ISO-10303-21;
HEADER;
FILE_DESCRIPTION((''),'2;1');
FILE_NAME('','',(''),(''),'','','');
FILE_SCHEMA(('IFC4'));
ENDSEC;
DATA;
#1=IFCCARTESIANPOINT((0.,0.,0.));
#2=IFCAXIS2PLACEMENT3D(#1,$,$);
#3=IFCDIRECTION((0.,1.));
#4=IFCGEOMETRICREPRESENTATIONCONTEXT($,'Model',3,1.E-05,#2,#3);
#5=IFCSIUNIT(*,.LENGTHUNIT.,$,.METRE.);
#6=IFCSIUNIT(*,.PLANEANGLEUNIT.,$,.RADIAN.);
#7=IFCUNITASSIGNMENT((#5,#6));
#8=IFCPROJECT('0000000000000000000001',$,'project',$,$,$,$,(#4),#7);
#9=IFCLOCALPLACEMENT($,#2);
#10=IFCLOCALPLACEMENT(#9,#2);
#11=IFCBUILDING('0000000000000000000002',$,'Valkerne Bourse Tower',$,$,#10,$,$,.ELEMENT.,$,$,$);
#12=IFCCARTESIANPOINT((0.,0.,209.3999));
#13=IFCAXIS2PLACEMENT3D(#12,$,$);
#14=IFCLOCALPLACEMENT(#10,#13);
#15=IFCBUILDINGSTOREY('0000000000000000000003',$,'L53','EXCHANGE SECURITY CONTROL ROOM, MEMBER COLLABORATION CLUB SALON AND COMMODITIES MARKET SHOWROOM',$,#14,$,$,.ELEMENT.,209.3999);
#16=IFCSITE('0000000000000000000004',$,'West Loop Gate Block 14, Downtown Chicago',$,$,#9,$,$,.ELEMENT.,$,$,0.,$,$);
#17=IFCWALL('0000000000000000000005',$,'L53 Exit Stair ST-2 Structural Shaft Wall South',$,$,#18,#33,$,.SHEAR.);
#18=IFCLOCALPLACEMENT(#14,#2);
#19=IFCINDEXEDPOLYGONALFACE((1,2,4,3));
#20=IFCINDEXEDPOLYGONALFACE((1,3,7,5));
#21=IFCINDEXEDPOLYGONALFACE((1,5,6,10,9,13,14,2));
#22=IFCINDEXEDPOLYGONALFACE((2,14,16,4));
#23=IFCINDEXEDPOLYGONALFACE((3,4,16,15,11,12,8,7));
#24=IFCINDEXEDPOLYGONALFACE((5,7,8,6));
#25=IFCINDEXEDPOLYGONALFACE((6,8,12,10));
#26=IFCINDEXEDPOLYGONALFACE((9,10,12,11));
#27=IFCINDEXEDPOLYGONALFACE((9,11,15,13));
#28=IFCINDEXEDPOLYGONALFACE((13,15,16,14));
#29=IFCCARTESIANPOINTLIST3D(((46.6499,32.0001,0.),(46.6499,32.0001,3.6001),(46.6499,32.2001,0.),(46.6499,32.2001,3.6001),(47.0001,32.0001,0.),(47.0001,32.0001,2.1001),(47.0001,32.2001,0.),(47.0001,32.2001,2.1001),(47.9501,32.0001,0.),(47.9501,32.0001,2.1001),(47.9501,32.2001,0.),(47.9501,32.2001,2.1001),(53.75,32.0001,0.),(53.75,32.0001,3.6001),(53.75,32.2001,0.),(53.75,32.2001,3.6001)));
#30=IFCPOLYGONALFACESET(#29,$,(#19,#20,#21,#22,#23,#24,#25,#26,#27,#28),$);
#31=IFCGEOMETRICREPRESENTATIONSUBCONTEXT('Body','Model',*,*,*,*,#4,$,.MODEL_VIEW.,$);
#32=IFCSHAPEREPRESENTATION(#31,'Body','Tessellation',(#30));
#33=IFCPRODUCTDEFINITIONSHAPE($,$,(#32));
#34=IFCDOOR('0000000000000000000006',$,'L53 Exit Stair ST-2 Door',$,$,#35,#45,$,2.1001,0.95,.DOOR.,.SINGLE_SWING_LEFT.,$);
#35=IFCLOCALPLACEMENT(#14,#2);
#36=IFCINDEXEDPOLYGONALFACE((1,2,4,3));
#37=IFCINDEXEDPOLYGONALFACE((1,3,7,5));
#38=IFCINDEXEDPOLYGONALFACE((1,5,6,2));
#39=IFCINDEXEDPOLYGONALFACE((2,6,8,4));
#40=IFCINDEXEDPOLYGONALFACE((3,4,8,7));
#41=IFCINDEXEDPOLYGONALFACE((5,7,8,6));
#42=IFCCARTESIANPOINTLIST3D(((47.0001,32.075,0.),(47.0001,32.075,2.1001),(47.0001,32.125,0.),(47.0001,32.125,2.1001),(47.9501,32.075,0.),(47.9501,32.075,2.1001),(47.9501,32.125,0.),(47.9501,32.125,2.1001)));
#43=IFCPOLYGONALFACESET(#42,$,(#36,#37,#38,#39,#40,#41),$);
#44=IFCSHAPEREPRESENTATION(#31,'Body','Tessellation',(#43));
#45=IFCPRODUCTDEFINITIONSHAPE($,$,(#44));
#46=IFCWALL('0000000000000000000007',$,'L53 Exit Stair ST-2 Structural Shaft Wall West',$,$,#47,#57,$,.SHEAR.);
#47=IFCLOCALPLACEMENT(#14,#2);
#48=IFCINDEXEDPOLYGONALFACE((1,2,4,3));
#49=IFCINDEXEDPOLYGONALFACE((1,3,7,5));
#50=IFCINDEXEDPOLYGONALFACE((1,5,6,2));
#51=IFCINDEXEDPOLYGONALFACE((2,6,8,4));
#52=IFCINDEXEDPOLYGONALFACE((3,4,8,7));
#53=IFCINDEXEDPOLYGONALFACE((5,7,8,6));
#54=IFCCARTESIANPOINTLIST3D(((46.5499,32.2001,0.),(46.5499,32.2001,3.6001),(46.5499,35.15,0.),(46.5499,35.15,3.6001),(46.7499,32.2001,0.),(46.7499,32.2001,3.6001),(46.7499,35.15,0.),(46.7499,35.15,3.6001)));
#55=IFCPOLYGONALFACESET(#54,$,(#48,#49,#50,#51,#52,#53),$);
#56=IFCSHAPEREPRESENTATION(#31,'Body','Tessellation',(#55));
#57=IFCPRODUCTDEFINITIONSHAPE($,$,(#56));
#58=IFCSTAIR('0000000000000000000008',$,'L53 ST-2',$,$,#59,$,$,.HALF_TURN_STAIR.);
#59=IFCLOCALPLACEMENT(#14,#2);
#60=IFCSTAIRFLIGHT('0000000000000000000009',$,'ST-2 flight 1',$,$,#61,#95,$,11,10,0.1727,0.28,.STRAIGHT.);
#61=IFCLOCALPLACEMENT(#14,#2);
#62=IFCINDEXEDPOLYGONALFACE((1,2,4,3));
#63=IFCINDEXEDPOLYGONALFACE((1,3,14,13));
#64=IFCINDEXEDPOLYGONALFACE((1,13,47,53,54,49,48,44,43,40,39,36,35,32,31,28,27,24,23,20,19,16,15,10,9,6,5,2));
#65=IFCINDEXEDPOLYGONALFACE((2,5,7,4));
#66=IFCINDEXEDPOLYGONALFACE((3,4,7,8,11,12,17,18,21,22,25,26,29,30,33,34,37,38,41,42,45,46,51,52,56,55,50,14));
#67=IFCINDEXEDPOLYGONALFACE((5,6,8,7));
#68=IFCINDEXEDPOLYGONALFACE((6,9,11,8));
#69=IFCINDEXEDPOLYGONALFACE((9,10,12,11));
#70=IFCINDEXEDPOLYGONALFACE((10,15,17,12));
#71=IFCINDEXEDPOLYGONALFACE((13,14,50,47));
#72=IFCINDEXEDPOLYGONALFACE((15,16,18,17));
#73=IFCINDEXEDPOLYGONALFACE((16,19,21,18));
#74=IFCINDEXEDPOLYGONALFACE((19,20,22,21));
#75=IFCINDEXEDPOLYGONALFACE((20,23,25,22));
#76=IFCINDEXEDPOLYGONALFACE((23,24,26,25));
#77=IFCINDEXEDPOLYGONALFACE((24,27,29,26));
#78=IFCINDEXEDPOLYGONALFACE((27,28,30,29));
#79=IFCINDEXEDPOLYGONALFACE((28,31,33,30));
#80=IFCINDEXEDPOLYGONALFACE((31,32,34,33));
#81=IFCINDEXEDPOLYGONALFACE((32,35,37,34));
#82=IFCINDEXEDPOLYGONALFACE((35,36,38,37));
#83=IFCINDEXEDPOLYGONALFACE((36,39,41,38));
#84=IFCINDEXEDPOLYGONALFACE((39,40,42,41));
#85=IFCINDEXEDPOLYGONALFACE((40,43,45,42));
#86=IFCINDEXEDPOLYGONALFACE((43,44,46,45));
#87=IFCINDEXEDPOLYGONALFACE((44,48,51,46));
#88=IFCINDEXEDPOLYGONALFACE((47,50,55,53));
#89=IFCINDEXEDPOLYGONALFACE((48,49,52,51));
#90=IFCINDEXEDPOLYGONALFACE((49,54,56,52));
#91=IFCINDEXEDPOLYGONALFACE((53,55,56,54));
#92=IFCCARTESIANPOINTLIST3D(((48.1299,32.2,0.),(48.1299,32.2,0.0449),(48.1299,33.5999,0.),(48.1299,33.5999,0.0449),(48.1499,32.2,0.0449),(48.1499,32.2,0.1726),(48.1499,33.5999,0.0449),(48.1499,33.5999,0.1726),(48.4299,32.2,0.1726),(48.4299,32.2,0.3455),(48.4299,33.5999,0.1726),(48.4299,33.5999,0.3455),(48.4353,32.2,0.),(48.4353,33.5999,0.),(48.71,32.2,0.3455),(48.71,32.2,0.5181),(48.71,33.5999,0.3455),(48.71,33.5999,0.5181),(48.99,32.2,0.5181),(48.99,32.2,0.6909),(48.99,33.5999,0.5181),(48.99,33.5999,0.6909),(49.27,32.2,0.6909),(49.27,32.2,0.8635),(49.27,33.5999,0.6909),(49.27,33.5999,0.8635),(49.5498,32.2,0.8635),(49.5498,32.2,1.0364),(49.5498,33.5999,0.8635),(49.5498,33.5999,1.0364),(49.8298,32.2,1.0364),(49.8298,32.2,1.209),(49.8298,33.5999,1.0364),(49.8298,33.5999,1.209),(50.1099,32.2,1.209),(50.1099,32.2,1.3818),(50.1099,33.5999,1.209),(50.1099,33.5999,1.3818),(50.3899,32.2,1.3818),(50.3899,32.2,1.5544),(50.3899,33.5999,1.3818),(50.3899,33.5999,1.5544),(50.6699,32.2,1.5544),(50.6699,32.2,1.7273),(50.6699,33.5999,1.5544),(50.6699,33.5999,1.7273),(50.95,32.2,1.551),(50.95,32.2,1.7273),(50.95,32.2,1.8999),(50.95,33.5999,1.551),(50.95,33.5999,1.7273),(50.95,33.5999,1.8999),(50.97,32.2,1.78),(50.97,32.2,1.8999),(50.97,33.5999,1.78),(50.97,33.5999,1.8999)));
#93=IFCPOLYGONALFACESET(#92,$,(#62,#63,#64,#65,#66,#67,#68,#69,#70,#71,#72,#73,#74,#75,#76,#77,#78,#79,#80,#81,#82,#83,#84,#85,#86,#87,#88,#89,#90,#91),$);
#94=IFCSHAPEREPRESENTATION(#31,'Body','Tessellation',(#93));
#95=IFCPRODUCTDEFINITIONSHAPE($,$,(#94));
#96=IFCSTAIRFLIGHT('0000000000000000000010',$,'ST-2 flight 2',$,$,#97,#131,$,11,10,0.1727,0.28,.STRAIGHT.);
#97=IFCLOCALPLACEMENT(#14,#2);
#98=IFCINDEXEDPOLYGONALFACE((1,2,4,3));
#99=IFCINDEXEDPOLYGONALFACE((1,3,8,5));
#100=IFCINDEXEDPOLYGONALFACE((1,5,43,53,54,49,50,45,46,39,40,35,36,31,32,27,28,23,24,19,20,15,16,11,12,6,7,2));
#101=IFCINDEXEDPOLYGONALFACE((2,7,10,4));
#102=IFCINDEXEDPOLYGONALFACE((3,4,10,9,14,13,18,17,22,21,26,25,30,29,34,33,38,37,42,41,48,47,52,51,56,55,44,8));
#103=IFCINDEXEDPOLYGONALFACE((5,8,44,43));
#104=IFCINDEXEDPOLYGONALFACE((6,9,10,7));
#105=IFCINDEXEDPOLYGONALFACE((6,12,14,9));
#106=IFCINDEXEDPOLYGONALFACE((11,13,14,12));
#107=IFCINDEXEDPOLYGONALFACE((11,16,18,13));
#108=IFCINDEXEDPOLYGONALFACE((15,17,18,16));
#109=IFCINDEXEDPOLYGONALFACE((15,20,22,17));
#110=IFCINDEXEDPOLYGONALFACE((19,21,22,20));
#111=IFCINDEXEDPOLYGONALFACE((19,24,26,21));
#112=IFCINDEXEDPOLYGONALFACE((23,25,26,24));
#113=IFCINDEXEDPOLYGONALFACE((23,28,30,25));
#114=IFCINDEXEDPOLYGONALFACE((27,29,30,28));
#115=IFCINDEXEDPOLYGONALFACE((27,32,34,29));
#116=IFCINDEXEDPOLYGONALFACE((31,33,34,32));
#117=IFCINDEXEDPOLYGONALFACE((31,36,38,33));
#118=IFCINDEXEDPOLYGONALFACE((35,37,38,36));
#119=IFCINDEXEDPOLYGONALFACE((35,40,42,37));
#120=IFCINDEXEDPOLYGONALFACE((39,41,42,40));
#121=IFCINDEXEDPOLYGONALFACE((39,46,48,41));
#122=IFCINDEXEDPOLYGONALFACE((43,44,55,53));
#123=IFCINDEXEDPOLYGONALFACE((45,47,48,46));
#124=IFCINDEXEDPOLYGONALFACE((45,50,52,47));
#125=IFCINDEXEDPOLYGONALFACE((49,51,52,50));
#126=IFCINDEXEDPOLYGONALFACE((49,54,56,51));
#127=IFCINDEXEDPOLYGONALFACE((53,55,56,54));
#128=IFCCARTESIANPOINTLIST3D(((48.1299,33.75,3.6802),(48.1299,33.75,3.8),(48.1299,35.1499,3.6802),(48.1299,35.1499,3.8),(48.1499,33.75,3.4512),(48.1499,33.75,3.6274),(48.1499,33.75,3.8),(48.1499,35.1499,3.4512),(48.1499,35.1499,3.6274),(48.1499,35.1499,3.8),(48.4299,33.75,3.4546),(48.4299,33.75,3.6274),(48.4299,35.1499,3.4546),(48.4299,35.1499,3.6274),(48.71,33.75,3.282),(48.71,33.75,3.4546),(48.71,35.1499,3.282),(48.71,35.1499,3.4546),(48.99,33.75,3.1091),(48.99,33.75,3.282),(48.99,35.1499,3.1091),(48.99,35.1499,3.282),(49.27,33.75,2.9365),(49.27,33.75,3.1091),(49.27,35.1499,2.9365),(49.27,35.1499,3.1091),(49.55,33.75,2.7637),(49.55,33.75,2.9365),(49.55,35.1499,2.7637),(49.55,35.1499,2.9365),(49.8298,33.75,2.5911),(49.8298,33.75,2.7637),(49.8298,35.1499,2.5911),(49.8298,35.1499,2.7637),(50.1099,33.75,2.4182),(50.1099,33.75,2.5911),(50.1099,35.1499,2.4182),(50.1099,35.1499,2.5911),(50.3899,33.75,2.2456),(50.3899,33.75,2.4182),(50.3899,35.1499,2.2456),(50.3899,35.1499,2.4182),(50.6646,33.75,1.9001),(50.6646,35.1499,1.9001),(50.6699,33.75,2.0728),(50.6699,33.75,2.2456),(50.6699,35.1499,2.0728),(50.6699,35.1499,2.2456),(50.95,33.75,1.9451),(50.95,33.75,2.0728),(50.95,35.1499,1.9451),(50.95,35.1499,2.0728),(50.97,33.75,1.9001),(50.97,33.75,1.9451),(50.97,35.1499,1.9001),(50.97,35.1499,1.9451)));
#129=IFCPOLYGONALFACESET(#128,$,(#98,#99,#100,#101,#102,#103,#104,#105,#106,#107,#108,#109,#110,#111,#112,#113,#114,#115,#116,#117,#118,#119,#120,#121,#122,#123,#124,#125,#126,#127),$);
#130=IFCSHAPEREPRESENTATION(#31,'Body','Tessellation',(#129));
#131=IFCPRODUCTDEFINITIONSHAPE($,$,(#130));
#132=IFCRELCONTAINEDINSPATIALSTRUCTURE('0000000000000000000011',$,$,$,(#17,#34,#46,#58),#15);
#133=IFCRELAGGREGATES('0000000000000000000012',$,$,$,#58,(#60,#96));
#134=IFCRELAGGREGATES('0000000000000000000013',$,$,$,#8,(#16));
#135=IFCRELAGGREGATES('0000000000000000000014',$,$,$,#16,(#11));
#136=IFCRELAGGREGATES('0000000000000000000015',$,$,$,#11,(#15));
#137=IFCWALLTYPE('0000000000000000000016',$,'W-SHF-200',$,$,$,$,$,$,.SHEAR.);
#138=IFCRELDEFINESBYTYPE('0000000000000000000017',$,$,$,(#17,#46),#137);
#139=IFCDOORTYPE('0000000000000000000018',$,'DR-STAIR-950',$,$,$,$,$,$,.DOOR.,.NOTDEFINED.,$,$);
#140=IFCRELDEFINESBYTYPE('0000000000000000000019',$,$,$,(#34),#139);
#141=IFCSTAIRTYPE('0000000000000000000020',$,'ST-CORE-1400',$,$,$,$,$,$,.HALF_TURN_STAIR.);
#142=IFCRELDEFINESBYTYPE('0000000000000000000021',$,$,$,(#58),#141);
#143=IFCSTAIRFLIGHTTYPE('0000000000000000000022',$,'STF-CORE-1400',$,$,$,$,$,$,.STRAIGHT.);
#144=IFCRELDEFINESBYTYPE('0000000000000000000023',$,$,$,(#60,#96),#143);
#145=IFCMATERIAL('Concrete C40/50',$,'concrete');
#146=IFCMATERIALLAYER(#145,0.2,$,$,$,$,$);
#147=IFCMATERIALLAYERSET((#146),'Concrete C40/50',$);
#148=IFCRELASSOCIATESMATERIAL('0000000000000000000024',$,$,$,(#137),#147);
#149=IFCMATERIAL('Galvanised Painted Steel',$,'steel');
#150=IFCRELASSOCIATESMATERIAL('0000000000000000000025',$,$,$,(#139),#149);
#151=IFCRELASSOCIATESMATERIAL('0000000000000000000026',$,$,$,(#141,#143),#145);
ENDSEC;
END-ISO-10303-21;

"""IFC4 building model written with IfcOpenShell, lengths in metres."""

from ifc_helpers import new_model, si_unit, direction, frame, frame_2d, origin, place, context, subcontext, project, spatial, polyline, rectangle, outline, extrude, material, layer, layer_set, type_object, element, fill, aggregate, save


model = new_model("IFC4")

# Units and contexts
model_context = context("Model", 3, precision=1e-05, world=origin(), true_north=direction((0.0, 1.0)))
body_context = subcontext(model_context, "Body", "Model", "MODEL_VIEW")
ifc_project = project(units=[si_unit("LENGTHUNIT", "METRE"), si_unit("PLANEANGLEUNIT", "RADIAN")], contexts=[model_context])

# Site, building, storey
site_placement = place(None, origin())
site = spatial("IfcSite", under=ifc_project, at=site_placement, Name="West Loop Gate Block 14, Downtown Chicago", CompositionType="ELEMENT", RefElevation=0.0)
building_placement = place(site_placement, origin())
building = spatial("IfcBuilding", under=site, at=building_placement, Name="Valkerne Bourse Tower", CompositionType="ELEMENT")
storey_placement = place(building_placement, frame((0.0, 0.0, 209.3999)))
storey = spatial("IfcBuildingStorey", under=building, at=storey_placement, Name="L53", Description="EXCHANGE SECURITY CONTROL ROOM, MEMBER COLLABORATION CLUB SALON AND COMMODITIES MARKET SHOWROOM", CompositionType="ELEMENT", Elevation=209.3999)

# Shared definitions
ifc_material_1 = material(Name="Galvanised Painted Steel", Category="steel")

# Wall, opening, door
ifc_material_2 = material(Name="Concrete C40/50", Category="concrete")
ifc_layer_1 = layer(ifc_material_2, 0.2)
ifc_layer_set_1 = layer_set([ifc_layer_1], Name="Concrete C40/50")
wall_type_1 = type_object("IfcWallType", Name="W-SHF-200", PredefinedType="SHEAR", material=ifc_layer_set_1)
wall_1_placement = place(storey_placement, frame((46.6499, 32.1001, 0.0), z_axis=(0.0, 0.0, 1.0), x_axis=(1.0, 0.0, 0.0)))
wall_1 = element("IfcWall", 1, at=wall_1_placement, inside=storey, type_object=wall_type_1, Name="L53 Exit Stair ST-2 Structural Shaft Wall South", PredefinedType="SHEAR", context=body_context, shape_type="SweptSolid", body=[
    extrude(rectangle(XDim=7.1001, YDim=0.2, at=frame_2d((3.55, 0.0))), origin(), (0.0, 0.0, 1.0), 3.6001),
])
opening_1_placement = place(wall_1_placement, frame((0.3501, 0.0, 0.0)))
opening_1 = element("IfcOpeningElement", 2, at=opening_1_placement, cuts=wall_1, PredefinedType="OPENING", context=body_context, shape_type="SweptSolid", body=[
    extrude(rectangle(XDim=0.95, YDim=2.1001, at=frame_2d((0.4751, 1.05))), frame((0.0, 0.1099, 0.0), z_axis=(0.0, -1.0, 0.0), x_axis=(1.0, 0.0, 0.0)), (0.0, 0.0, 1.0), 0.22),
])
door_type_1 = type_object("IfcDoorType", Name="DR-STAIR-950", OperationType="NOTDEFINED", PredefinedType="DOOR", material=ifc_material_1)
door_1_placement = place(opening_1_placement, origin())
door_1 = element("IfcDoor", 3, at=door_1_placement, inside=storey, type_object=door_type_1, Name="L53 Exit Stair ST-2 Door", OperationType="SINGLE_SWING_LEFT", OverallHeight=2.1001, OverallWidth=0.95, PredefinedType="DOOR", context=body_context, shape_type="SweptSolid", body=[
    extrude(rectangle(XDim=0.95, YDim=2.1001, at=frame_2d((0.4751, 1.05))), frame((0.0, 0.0249, 0.0), z_axis=(0.0, -1.0, 0.0), x_axis=(1.0, 0.0, 0.0)), (0.0, 0.0, 1.0), 0.05),
])
fill(opening_1, door_1)

# Wall
wall_2_placement = place(storey_placement, frame((46.6499, 32.2, 0.0), z_axis=(0.0, 0.0, 1.0), x_axis=(0.0, 1.0, 0.0)))
element("IfcWall", 4, at=wall_2_placement, inside=storey, type_object=wall_type_1, Name="L53 Exit Stair ST-2 Structural Shaft Wall West", PredefinedType="SHEAR", context=body_context, shape_type="SweptSolid", body=[
    extrude(rectangle(XDim=2.95, YDim=0.2, at=frame_2d((1.4751, 0.0))), origin(), (0.0, 0.0, 1.0), 3.6001),
])

# Stair, stair flights
stair_type = type_object("IfcStairType", Name="ST-CORE-1400", PredefinedType="HALF_TURN_STAIR", material=ifc_material_2)
stair_placement = place(storey_placement, origin())
stair = element("IfcStair", 5, at=stair_placement, inside=storey, type_object=stair_type, Name="L53 ST-2", PredefinedType="HALF_TURN_STAIR")
stair_flight_type = type_object("IfcStairFlightType", Name="STF-CORE-1400", PredefinedType="STRAIGHT", material=ifc_material_2)
stair_flight_1_placement = place(storey_placement, frame((48.1499, 32.8999, 0.0), z_axis=(0.0, 0.0, 1.0), x_axis=(1.0, 0.0, 0.0)))
stair_flight_1 = element("IfcStairFlight", 6, at=stair_flight_1_placement, type_object=stair_flight_type, Name="ST-2 flight 1", NumberOfRisers=11, NumberOfTreads=10, PredefinedType="STRAIGHT", RiserHeight=0.1727, TreadLength=0.28, context=body_context, shape_type="SweptSolid", body=[
    extrude(outline(polyline([(-0.02, 0.0), (-0.02, 0.0449), (0.0, 0.0449), (0.0, 0.1726), (0.28, 0.1726), (0.28, 0.3455), (0.5601, 0.3455), (0.5601, 0.5181), (0.8401, 0.5181), (0.8401, 0.6909), (1.1201, 0.6909), (1.1201, 0.8635), (1.3999, 0.8635), (1.3999, 1.0364), (1.6799, 1.0364), (1.6799, 1.209), (1.96, 1.209), (1.96, 1.3818), (2.24, 1.3818), (2.24, 1.5544), (2.52, 1.5544), (2.52, 1.7273), (2.8, 1.7273), (2.8, 1.8999), (2.8201, 1.8999), (2.8201, 1.78), (2.8, 1.551), (0.2854, 0.0), (-0.02, 0.0)])), frame((0.0, 0.7, 0.0), z_axis=(0.0, -1.0, 0.0), x_axis=(1.0, 0.0, 0.0)), (0.0, 0.0, 1.0), 1.3999),
])
stair_flight_2_placement = place(storey_placement, frame((50.95, 34.45, 1.9001), z_axis=(0.0, 0.0, 1.0), x_axis=(-1.0, 0.0, 0.0)))
stair_flight_2 = element("IfcStairFlight", 7, at=stair_flight_2_placement, type_object=stair_flight_type, Name="ST-2 flight 2", NumberOfRisers=11, NumberOfTreads=10, PredefinedType="STRAIGHT", RiserHeight=0.1727, TreadLength=0.28, context=body_context, shape_type="SweptSolid", body=[
    extrude(outline(polyline([(-0.02, 0.0), (-0.02, 0.0449), (0.0, 0.0449), (0.0, 0.1726), (0.28, 0.1726), (0.28, 0.3455), (0.5601, 0.3455), (0.5601, 0.5181), (0.8401, 0.5181), (0.8401, 0.6909), (1.1201, 0.6909), (1.1201, 0.8635), (1.3999, 0.8635), (1.3999, 1.0364), (1.6799, 1.0364), (1.6799, 1.209), (1.96, 1.209), (1.96, 1.3818), (2.24, 1.3818), (2.24, 1.5544), (2.52, 1.5544), (2.52, 1.7273), (2.8, 1.7273), (2.8, 1.8999), (2.8201, 1.8999), (2.8201, 1.78), (2.8, 1.551), (0.2854, 0.0), (-0.02, 0.0)])), frame((0.0, 0.7, 0.0), z_axis=(0.0, -1.0, 0.0), x_axis=(1.0, 0.0, 0.0)), (0.0, 0.0, 1.0), 1.3999),
])
aggregate(stair, [stair_flight_1, stair_flight_2])

save(model, "model.ifc")
